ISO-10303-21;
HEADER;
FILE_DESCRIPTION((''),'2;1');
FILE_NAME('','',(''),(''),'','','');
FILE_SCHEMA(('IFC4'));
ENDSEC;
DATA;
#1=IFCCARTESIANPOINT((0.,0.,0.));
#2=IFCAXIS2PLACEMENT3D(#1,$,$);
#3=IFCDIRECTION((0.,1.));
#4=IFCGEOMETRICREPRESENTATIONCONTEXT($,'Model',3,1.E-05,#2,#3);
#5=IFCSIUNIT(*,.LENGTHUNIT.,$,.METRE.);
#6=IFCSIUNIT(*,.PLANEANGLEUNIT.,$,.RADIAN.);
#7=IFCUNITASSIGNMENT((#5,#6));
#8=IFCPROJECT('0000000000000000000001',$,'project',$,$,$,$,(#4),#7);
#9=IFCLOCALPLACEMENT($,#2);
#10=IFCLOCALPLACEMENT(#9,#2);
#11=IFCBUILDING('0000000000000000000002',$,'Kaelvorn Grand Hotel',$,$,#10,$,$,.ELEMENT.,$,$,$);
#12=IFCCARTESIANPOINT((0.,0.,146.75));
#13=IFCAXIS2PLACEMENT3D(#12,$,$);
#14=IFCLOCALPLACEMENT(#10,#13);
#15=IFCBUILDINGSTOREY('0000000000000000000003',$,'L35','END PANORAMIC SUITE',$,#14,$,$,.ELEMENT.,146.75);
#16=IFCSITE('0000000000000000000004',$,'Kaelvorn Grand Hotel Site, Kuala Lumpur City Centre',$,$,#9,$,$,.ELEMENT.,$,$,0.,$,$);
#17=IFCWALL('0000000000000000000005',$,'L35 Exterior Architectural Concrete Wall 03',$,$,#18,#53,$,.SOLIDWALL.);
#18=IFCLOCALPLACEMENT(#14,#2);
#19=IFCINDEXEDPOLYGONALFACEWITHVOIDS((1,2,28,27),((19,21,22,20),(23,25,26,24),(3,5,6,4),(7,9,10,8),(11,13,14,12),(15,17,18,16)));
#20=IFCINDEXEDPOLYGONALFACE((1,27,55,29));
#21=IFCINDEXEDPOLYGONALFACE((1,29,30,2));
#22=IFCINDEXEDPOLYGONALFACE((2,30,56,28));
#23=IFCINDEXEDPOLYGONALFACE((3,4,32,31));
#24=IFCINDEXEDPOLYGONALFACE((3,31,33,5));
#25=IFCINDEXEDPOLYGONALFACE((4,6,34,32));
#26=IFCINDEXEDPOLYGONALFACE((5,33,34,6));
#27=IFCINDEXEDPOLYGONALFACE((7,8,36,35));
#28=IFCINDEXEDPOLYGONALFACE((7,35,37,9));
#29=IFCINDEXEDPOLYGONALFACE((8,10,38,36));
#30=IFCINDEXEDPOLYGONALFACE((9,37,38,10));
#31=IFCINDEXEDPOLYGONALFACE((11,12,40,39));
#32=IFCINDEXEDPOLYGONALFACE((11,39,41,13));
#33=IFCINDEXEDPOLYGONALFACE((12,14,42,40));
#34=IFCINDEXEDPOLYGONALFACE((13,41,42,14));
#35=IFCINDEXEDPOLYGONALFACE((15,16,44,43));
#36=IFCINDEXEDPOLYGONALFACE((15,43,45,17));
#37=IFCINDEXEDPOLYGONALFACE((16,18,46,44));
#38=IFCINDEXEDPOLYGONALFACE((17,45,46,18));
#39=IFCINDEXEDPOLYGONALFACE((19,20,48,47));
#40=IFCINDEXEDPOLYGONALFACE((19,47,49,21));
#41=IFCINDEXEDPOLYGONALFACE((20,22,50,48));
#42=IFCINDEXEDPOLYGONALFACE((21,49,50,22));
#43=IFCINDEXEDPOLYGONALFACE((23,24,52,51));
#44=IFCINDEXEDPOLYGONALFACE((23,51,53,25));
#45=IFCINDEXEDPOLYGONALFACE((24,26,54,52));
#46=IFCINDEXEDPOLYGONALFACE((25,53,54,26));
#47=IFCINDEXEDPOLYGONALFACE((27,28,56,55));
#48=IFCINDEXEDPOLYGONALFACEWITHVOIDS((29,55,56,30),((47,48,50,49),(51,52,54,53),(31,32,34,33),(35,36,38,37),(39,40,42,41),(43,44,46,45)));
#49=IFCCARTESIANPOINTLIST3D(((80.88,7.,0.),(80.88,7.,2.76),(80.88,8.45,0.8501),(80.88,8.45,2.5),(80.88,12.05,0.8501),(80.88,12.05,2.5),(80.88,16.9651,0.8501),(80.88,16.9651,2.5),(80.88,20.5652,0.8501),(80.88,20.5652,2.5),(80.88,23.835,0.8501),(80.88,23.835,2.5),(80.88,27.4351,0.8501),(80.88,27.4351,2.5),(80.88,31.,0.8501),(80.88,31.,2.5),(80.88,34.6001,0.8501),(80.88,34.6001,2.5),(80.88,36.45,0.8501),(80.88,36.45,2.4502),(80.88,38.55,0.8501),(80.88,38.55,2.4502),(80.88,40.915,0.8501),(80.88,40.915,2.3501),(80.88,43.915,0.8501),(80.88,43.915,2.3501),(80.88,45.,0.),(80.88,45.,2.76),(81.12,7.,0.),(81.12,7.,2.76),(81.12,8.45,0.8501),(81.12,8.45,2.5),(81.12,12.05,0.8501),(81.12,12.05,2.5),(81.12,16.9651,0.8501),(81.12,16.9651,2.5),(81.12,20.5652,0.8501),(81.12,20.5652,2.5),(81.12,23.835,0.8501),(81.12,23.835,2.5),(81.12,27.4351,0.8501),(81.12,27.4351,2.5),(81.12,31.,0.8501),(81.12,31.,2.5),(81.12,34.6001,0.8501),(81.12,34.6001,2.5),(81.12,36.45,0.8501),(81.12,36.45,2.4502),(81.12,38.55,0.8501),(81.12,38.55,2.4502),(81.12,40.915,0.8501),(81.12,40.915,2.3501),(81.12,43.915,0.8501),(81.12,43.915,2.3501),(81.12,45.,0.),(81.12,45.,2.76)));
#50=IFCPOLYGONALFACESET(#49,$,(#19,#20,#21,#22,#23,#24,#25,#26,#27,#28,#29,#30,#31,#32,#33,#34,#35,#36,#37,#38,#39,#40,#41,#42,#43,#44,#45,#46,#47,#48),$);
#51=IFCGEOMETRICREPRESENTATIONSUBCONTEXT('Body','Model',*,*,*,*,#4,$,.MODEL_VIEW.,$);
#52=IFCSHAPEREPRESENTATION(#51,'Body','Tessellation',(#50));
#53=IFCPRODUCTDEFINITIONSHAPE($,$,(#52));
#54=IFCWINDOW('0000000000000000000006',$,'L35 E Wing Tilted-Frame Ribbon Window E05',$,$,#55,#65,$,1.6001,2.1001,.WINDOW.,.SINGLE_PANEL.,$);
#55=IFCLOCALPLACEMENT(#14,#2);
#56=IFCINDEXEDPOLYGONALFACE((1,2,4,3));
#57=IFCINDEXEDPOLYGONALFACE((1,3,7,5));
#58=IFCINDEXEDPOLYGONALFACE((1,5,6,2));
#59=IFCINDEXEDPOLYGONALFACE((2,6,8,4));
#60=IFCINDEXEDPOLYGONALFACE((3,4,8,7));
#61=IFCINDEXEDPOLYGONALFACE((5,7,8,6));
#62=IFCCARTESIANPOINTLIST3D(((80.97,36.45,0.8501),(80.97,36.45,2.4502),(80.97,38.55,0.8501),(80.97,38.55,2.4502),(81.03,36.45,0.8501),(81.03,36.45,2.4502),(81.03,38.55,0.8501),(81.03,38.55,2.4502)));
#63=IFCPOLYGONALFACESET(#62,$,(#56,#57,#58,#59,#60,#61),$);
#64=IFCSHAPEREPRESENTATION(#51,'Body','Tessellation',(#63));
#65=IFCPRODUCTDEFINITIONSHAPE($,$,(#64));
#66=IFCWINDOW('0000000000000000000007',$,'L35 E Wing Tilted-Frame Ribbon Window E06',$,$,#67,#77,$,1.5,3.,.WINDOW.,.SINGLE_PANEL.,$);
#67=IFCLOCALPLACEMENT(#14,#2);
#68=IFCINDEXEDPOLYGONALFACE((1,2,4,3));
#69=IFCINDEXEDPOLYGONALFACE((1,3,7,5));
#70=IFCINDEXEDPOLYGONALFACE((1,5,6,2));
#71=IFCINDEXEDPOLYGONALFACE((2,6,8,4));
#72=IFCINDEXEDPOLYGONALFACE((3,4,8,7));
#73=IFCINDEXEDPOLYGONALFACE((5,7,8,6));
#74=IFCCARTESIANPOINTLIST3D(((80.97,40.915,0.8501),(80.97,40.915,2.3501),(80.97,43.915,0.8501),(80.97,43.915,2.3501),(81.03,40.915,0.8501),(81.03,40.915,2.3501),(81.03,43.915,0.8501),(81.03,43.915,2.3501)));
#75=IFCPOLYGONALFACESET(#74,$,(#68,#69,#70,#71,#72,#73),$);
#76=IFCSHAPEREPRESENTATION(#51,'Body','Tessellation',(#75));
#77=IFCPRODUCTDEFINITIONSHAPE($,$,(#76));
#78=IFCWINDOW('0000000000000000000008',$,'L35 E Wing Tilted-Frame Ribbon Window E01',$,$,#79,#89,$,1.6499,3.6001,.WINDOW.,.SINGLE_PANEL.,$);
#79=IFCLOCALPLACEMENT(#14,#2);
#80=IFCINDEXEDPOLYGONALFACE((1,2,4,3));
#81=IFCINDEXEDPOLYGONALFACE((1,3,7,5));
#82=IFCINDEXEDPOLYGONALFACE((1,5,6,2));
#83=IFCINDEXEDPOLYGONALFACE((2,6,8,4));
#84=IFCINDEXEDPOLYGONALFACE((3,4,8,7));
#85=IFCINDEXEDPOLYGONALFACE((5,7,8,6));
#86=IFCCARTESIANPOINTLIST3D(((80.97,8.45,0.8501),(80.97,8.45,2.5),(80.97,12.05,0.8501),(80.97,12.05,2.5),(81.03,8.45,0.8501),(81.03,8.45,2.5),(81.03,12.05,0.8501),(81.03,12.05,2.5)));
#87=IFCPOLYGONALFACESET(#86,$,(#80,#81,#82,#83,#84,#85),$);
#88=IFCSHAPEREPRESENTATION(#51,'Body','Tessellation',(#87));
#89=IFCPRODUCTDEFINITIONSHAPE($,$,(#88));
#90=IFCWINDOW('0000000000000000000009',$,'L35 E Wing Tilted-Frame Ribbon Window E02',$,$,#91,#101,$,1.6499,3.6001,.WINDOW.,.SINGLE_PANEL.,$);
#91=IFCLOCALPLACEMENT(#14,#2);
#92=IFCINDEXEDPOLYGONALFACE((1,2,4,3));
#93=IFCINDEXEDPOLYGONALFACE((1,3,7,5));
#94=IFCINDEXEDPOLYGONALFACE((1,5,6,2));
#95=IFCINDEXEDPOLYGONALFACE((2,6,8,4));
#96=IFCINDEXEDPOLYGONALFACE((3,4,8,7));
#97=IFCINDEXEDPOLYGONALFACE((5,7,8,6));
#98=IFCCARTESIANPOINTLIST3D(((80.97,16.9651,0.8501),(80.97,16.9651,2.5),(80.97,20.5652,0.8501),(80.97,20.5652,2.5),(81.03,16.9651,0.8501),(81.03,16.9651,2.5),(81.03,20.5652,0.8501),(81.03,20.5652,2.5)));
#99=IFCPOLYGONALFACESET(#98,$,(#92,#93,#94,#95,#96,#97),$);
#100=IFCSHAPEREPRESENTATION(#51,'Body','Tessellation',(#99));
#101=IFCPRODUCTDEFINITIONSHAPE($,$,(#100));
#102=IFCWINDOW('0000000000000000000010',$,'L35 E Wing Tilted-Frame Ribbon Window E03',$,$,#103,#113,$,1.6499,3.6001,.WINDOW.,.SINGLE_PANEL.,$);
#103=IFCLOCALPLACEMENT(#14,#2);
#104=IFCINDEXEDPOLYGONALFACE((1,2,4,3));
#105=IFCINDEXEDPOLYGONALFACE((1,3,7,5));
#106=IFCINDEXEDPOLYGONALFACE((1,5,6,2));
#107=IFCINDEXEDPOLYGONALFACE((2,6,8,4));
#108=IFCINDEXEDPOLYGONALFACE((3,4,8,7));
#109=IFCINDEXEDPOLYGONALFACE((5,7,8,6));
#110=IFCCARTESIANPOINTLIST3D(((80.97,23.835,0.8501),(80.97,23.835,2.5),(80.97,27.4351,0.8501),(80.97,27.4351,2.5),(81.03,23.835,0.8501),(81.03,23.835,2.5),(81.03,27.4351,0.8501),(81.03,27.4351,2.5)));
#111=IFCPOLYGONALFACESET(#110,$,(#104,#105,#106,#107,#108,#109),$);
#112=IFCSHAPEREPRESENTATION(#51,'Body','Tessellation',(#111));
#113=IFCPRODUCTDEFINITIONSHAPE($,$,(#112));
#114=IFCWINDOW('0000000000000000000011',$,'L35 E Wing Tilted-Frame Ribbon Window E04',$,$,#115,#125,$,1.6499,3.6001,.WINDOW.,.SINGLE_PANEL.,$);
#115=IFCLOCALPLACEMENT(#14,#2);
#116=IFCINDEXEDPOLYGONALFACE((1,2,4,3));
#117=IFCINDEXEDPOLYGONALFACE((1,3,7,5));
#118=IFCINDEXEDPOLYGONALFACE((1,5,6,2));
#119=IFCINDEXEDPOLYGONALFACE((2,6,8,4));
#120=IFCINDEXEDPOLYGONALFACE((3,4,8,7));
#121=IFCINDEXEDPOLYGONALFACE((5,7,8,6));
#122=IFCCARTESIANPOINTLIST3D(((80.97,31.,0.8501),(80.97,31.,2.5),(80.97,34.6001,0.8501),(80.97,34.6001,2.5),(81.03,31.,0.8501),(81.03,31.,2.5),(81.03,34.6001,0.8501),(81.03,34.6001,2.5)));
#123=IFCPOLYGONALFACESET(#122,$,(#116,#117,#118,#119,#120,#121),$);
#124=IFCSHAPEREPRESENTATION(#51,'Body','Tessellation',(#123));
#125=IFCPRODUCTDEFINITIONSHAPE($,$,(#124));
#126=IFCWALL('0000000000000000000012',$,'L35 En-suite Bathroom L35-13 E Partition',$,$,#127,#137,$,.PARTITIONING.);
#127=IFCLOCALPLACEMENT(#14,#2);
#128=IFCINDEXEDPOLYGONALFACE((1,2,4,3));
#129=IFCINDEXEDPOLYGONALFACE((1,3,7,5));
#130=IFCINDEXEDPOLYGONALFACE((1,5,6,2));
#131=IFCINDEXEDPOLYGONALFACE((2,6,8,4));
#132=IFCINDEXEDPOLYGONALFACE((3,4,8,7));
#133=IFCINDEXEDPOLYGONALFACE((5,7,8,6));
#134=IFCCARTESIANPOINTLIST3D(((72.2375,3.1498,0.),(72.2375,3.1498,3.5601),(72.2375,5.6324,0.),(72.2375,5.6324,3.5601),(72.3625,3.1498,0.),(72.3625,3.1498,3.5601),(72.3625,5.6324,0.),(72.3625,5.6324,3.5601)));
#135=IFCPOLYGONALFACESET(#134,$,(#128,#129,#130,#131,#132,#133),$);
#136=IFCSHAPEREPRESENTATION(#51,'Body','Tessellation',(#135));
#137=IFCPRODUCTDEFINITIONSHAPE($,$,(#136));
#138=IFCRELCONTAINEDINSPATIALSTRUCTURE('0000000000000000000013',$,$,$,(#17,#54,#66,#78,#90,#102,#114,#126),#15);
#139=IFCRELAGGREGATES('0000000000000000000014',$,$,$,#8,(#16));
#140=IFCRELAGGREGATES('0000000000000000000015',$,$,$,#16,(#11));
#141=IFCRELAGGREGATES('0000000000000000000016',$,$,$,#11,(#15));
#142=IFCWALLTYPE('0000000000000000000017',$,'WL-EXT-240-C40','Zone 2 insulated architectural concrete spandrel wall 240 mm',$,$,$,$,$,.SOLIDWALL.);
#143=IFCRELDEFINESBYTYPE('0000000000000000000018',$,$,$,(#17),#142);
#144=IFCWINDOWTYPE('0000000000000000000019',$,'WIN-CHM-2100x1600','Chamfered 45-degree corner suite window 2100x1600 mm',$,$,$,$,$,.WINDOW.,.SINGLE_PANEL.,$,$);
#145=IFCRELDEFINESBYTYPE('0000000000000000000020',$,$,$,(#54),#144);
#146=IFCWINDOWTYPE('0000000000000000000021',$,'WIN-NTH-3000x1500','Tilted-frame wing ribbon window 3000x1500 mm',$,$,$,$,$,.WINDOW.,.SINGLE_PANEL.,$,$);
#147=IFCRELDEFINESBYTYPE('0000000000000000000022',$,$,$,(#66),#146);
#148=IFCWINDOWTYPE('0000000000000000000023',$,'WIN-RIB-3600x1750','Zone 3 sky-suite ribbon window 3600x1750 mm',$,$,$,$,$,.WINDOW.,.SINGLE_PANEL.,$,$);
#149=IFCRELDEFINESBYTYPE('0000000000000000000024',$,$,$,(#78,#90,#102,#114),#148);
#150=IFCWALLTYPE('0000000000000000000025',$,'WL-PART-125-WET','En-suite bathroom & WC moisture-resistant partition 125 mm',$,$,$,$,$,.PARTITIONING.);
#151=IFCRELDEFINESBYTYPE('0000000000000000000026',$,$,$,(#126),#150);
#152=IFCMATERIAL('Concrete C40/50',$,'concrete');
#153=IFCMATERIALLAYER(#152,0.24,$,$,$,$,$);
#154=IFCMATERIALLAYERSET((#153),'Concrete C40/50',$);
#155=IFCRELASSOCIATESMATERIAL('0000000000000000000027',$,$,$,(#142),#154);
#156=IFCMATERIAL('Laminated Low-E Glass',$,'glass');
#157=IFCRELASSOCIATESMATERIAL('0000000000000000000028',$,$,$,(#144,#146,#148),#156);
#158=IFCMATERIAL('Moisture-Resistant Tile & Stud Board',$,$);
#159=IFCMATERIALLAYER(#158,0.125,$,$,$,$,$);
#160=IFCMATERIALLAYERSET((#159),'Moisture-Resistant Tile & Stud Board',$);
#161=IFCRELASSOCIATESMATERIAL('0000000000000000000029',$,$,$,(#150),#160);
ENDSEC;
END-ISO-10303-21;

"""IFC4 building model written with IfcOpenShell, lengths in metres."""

from ifc_helpers import new_model, si_unit, direction, frame, frame_2d, origin, place, context, subcontext, project, spatial, rectangle, extrude, material, layer, layer_set, type_object, element, fill, save


model = new_model("IFC4")

# Units and contexts
model_context = context("Model", 3, precision=1e-05, world=origin(), true_north=direction((0.0, 1.0)))
body_context = subcontext(model_context, "Body", "Model", "MODEL_VIEW")
ifc_project = project(units=[si_unit("LENGTHUNIT", "METRE"), si_unit("PLANEANGLEUNIT", "RADIAN")], contexts=[model_context])

# Site, building, storey
site_placement = place(None, origin())
site = spatial("IfcSite", under=ifc_project, at=site_placement, Name="Kaelvorn Grand Hotel Site, Kuala Lumpur City Centre", CompositionType="ELEMENT", RefElevation=0.0)
building_placement = place(site_placement, origin())
building = spatial("IfcBuilding", under=site, at=building_placement, Name="Kaelvorn Grand Hotel", CompositionType="ELEMENT")
storey_placement = place(building_placement, frame((0.0, 0.0, 146.75)))
storey = spatial("IfcBuildingStorey", under=building, at=storey_placement, Name="L35", Description="END PANORAMIC SUITE", CompositionType="ELEMENT", Elevation=146.75)

# Shared definitions
ifc_material_1 = material(Name="Concrete C40/50", Category="concrete")

# Shared definitions
ifc_layer_1 = layer(ifc_material_1, 0.24)
ifc_layer_set_1 = layer_set([ifc_layer_1], Name="Concrete C40/50")
wall_type_1 = type_object("IfcWallType", Name="WL-EXT-240-C40", Description="Zone 2 insulated architectural concrete spandrel wall 240 mm", PredefinedType="SOLIDWALL", material=ifc_layer_set_1)
ifc_material_2 = material(Name="Laminated Low-E Glass", Category="glass")
window_type_1 = type_object("IfcWindowType", Name="WIN-CHM-2100x1600", Description="Chamfered 45-degree corner suite window 2100x1600 mm", PartitioningType="SINGLE_PANEL", PredefinedType="WINDOW", material=ifc_material_2)

# Wall, openings, windows
wall_1_placement = place(storey_placement, frame((81.0, 7.0, 0.0), z_axis=(0.0, 0.0, 1.0), x_axis=(0.0, 1.0, 0.0)))
wall_1 = element("IfcWall", 1, at=wall_1_placement, inside=storey, type_object=wall_type_1, Name="L35 Exterior Architectural Concrete Wall 03", PredefinedType="SOLIDWALL", context=body_context, shape_type="SweptSolid", body=[
    extrude(rectangle(XDim=38.0, YDim=0.24, at=frame_2d((19.0, 0.0))), origin(), (0.0, 0.0, 1.0), 2.76),
])
opening_1_placement = place(wall_1_placement, frame((1.45, 0.0, 0.8501)))
opening_1 = element("IfcOpeningElement", 2, at=opening_1_placement, cuts=wall_1, PredefinedType="OPENING", context=body_context, shape_type="SweptSolid", body=[
    extrude(rectangle(XDim=3.6001, YDim=1.6499, at=frame_2d((1.8, 0.825))), frame((0.0, 0.1299, 0.0), z_axis=(0.0, -1.0, 0.0), x_axis=(1.0, 0.0, 0.0)), (0.0, 0.0, 1.0), 0.26),
])
opening_2_placement = place(wall_1_placement, frame((9.9651, 0.0, 0.8501)))
opening_2 = element("IfcOpeningElement", 3, at=opening_2_placement, cuts=wall_1, PredefinedType="OPENING", context=body_context, shape_type="SweptSolid", body=[
    extrude(rectangle(XDim=3.6001, YDim=1.6499, at=frame_2d((1.8, 0.825))), frame((0.0, 0.1299, 0.0), z_axis=(0.0, -1.0, 0.0), x_axis=(1.0, 0.0, 0.0)), (0.0, 0.0, 1.0), 0.26),
])
opening_3_placement = place(wall_1_placement, frame((16.835, 0.0, 0.8501)))
opening_3 = element("IfcOpeningElement", 4, at=opening_3_placement, cuts=wall_1, PredefinedType="OPENING", context=body_context, shape_type="SweptSolid", body=[
    extrude(rectangle(XDim=3.6001, YDim=1.6499, at=frame_2d((1.8, 0.825))), frame((0.0, 0.1299, 0.0), z_axis=(0.0, -1.0, 0.0), x_axis=(1.0, 0.0, 0.0)), (0.0, 0.0, 1.0), 0.26),
])
opening_4_placement = place(wall_1_placement, frame((24.0, 0.0, 0.8501)))
opening_4 = element("IfcOpeningElement", 5, at=opening_4_placement, cuts=wall_1, PredefinedType="OPENING", context=body_context, shape_type="SweptSolid", body=[
    extrude(rectangle(XDim=3.6001, YDim=1.6499, at=frame_2d((1.8, 0.825))), frame((0.0, 0.1299, 0.0), z_axis=(0.0, -1.0, 0.0), x_axis=(1.0, 0.0, 0.0)), (0.0, 0.0, 1.0), 0.26),
])
opening_5_placement = place(wall_1_placement, frame((29.45, 0.0, 0.8501)))
opening_5 = element("IfcOpeningElement", 6, at=opening_5_placement, cuts=wall_1, PredefinedType="OPENING", context=body_context, shape_type="SweptSolid", body=[
    extrude(rectangle(XDim=2.1001, YDim=1.6001, at=frame_2d((1.05, 0.8))), frame((0.0, 0.1299, 0.0), z_axis=(0.0, -1.0, 0.0), x_axis=(1.0, 0.0, 0.0)), (0.0, 0.0, 1.0), 0.26),
])
opening_6_placement = place(wall_1_placement, frame((33.915, 0.0, 0.8501)))
opening_6 = element("IfcOpeningElement", 7, at=opening_6_placement, cuts=wall_1, PredefinedType="OPENING", context=body_context, shape_type="SweptSolid", body=[
    extrude(rectangle(XDim=3.0, YDim=1.5, at=frame_2d((1.5, 0.75))), frame((0.0, 0.1299, 0.0), z_axis=(0.0, -1.0, 0.0), x_axis=(1.0, 0.0, 0.0)), (0.0, 0.0, 1.0), 0.26),
])
window_1_placement = place(opening_5_placement, origin())
window_1 = element("IfcWindow", 8, at=window_1_placement, inside=storey, type_object=window_type_1, Name="L35 E Wing Tilted-Frame Ribbon Window E05", OverallHeight=1.6001, OverallWidth=2.1001, PartitioningType="SINGLE_PANEL", PredefinedType="WINDOW", context=body_context, shape_type="SweptSolid", body=[
    extrude(rectangle(XDim=2.1001, YDim=1.6001, at=frame_2d((1.05, 0.8))), frame((0.0, 0.03, 0.0), z_axis=(0.0, -1.0, 0.0), x_axis=(1.0, 0.0, 0.0)), (0.0, 0.0, 1.0), 0.0601),
])
fill(opening_5, window_1)
window_type_2 = type_object("IfcWindowType", Name="WIN-NTH-3000x1500", Description="Tilted-frame wing ribbon window 3000x1500 mm", PartitioningType="SINGLE_PANEL", PredefinedType="WINDOW", material=ifc_material_2)
window_2_placement = place(opening_6_placement, origin())
window_2 = element("IfcWindow", 9, at=window_2_placement, inside=storey, type_object=window_type_2, Name="L35 E Wing Tilted-Frame Ribbon Window E06", OverallHeight=1.5, OverallWidth=3.0, PartitioningType="SINGLE_PANEL", PredefinedType="WINDOW", context=body_context, shape_type="SweptSolid", body=[
    extrude(rectangle(XDim=3.0, YDim=1.5, at=frame_2d((1.5, 0.75))), frame((0.0, 0.03, 0.0), z_axis=(0.0, -1.0, 0.0), x_axis=(1.0, 0.0, 0.0)), (0.0, 0.0, 1.0), 0.0601),
])
fill(opening_6, window_2)
window_type_3 = type_object("IfcWindowType", Name="WIN-RIB-3600x1750", Description="Zone 3 sky-suite ribbon window 3600x1750 mm", PartitioningType="SINGLE_PANEL", PredefinedType="WINDOW", material=ifc_material_2)
window_3_placement = place(opening_1_placement, origin())
window_3 = element("IfcWindow", 10, at=window_3_placement, inside=storey, type_object=window_type_3, Name="L35 E Wing Tilted-Frame Ribbon Window E01", OverallHeight=1.6499, OverallWidth=3.6001, PartitioningType="SINGLE_PANEL", PredefinedType="WINDOW", context=body_context, shape_type="SweptSolid", body=[
    extrude(rectangle(XDim=3.6001, YDim=1.6499, at=frame_2d((1.8, 0.825))), frame((0.0, 0.03, 0.0), z_axis=(0.0, -1.0, 0.0), x_axis=(1.0, 0.0, 0.0)), (0.0, 0.0, 1.0), 0.0601),
])
fill(opening_1, window_3)
window_4_placement = place(opening_2_placement, origin())
window_4 = element("IfcWindow", 11, at=window_4_placement, inside=storey, type_object=window_type_3, Name="L35 E Wing Tilted-Frame Ribbon Window E02", OverallHeight=1.6499, OverallWidth=3.6001, PartitioningType="SINGLE_PANEL", PredefinedType="WINDOW", context=body_context, shape_type="SweptSolid", body=[
    extrude(rectangle(XDim=3.6001, YDim=1.6499, at=frame_2d((1.8, 0.825))), frame((0.0, 0.03, 0.0), z_axis=(0.0, -1.0, 0.0), x_axis=(1.0, 0.0, 0.0)), (0.0, 0.0, 1.0), 0.0601),
])
fill(opening_2, window_4)
window_5_placement = place(opening_3_placement, origin())
window_5 = element("IfcWindow", 12, at=window_5_placement, inside=storey, type_object=window_type_3, Name="L35 E Wing Tilted-Frame Ribbon Window E03", OverallHeight=1.6499, OverallWidth=3.6001, PartitioningType="SINGLE_PANEL", PredefinedType="WINDOW", context=body_context, shape_type="SweptSolid", body=[
    extrude(rectangle(XDim=3.6001, YDim=1.6499, at=frame_2d((1.8, 0.825))), frame((0.0, 0.03, 0.0), z_axis=(0.0, -1.0, 0.0), x_axis=(1.0, 0.0, 0.0)), (0.0, 0.0, 1.0), 0.0601),
])
fill(opening_3, window_5)
window_6_placement = place(opening_4_placement, origin())
window_6 = element("IfcWindow", 13, at=window_6_placement, inside=storey, type_object=window_type_3, Name="L35 E Wing Tilted-Frame Ribbon Window E04", OverallHeight=1.6499, OverallWidth=3.6001, PartitioningType="SINGLE_PANEL", PredefinedType="WINDOW", context=body_context, shape_type="SweptSolid", body=[
    extrude(rectangle(XDim=3.6001, YDim=1.6499, at=frame_2d((1.8, 0.825))), frame((0.0, 0.03, 0.0), z_axis=(0.0, -1.0, 0.0), x_axis=(1.0, 0.0, 0.0)), (0.0, 0.0, 1.0), 0.0601),
])
fill(opening_4, window_6)

# Wall
ifc_material_3 = material(Name="Moisture-Resistant Tile & Stud Board")
ifc_layer_2 = layer(ifc_material_3, 0.125)
ifc_layer_set_2 = layer_set([ifc_layer_2], Name="Moisture-Resistant Tile & Stud Board")
wall_type_2 = type_object("IfcWallType", Name="WL-PART-125-WET", Description="En-suite bathroom & WC moisture-resistant partition 125 mm", PredefinedType="PARTITIONING", material=ifc_layer_set_2)
wall_2_placement = place(storey_placement, frame((72.3, 3.1499, 0.0), z_axis=(0.0, 0.0, 1.0), x_axis=(0.0, 1.0, 0.0)))
element("IfcWall", 14, at=wall_2_placement, inside=storey, type_object=wall_type_2, Name="L35 En-suite Bathroom L35-13 E Partition", PredefinedType="PARTITIONING", context=body_context, shape_type="SweptSolid", body=[
    extrude(rectangle(XDim=2.4827, YDim=0.125, at=frame_2d((1.2412, 0.0))), origin(), (0.0, 0.0, 1.0), 3.5601),
])

save(model, "model.ifc")
